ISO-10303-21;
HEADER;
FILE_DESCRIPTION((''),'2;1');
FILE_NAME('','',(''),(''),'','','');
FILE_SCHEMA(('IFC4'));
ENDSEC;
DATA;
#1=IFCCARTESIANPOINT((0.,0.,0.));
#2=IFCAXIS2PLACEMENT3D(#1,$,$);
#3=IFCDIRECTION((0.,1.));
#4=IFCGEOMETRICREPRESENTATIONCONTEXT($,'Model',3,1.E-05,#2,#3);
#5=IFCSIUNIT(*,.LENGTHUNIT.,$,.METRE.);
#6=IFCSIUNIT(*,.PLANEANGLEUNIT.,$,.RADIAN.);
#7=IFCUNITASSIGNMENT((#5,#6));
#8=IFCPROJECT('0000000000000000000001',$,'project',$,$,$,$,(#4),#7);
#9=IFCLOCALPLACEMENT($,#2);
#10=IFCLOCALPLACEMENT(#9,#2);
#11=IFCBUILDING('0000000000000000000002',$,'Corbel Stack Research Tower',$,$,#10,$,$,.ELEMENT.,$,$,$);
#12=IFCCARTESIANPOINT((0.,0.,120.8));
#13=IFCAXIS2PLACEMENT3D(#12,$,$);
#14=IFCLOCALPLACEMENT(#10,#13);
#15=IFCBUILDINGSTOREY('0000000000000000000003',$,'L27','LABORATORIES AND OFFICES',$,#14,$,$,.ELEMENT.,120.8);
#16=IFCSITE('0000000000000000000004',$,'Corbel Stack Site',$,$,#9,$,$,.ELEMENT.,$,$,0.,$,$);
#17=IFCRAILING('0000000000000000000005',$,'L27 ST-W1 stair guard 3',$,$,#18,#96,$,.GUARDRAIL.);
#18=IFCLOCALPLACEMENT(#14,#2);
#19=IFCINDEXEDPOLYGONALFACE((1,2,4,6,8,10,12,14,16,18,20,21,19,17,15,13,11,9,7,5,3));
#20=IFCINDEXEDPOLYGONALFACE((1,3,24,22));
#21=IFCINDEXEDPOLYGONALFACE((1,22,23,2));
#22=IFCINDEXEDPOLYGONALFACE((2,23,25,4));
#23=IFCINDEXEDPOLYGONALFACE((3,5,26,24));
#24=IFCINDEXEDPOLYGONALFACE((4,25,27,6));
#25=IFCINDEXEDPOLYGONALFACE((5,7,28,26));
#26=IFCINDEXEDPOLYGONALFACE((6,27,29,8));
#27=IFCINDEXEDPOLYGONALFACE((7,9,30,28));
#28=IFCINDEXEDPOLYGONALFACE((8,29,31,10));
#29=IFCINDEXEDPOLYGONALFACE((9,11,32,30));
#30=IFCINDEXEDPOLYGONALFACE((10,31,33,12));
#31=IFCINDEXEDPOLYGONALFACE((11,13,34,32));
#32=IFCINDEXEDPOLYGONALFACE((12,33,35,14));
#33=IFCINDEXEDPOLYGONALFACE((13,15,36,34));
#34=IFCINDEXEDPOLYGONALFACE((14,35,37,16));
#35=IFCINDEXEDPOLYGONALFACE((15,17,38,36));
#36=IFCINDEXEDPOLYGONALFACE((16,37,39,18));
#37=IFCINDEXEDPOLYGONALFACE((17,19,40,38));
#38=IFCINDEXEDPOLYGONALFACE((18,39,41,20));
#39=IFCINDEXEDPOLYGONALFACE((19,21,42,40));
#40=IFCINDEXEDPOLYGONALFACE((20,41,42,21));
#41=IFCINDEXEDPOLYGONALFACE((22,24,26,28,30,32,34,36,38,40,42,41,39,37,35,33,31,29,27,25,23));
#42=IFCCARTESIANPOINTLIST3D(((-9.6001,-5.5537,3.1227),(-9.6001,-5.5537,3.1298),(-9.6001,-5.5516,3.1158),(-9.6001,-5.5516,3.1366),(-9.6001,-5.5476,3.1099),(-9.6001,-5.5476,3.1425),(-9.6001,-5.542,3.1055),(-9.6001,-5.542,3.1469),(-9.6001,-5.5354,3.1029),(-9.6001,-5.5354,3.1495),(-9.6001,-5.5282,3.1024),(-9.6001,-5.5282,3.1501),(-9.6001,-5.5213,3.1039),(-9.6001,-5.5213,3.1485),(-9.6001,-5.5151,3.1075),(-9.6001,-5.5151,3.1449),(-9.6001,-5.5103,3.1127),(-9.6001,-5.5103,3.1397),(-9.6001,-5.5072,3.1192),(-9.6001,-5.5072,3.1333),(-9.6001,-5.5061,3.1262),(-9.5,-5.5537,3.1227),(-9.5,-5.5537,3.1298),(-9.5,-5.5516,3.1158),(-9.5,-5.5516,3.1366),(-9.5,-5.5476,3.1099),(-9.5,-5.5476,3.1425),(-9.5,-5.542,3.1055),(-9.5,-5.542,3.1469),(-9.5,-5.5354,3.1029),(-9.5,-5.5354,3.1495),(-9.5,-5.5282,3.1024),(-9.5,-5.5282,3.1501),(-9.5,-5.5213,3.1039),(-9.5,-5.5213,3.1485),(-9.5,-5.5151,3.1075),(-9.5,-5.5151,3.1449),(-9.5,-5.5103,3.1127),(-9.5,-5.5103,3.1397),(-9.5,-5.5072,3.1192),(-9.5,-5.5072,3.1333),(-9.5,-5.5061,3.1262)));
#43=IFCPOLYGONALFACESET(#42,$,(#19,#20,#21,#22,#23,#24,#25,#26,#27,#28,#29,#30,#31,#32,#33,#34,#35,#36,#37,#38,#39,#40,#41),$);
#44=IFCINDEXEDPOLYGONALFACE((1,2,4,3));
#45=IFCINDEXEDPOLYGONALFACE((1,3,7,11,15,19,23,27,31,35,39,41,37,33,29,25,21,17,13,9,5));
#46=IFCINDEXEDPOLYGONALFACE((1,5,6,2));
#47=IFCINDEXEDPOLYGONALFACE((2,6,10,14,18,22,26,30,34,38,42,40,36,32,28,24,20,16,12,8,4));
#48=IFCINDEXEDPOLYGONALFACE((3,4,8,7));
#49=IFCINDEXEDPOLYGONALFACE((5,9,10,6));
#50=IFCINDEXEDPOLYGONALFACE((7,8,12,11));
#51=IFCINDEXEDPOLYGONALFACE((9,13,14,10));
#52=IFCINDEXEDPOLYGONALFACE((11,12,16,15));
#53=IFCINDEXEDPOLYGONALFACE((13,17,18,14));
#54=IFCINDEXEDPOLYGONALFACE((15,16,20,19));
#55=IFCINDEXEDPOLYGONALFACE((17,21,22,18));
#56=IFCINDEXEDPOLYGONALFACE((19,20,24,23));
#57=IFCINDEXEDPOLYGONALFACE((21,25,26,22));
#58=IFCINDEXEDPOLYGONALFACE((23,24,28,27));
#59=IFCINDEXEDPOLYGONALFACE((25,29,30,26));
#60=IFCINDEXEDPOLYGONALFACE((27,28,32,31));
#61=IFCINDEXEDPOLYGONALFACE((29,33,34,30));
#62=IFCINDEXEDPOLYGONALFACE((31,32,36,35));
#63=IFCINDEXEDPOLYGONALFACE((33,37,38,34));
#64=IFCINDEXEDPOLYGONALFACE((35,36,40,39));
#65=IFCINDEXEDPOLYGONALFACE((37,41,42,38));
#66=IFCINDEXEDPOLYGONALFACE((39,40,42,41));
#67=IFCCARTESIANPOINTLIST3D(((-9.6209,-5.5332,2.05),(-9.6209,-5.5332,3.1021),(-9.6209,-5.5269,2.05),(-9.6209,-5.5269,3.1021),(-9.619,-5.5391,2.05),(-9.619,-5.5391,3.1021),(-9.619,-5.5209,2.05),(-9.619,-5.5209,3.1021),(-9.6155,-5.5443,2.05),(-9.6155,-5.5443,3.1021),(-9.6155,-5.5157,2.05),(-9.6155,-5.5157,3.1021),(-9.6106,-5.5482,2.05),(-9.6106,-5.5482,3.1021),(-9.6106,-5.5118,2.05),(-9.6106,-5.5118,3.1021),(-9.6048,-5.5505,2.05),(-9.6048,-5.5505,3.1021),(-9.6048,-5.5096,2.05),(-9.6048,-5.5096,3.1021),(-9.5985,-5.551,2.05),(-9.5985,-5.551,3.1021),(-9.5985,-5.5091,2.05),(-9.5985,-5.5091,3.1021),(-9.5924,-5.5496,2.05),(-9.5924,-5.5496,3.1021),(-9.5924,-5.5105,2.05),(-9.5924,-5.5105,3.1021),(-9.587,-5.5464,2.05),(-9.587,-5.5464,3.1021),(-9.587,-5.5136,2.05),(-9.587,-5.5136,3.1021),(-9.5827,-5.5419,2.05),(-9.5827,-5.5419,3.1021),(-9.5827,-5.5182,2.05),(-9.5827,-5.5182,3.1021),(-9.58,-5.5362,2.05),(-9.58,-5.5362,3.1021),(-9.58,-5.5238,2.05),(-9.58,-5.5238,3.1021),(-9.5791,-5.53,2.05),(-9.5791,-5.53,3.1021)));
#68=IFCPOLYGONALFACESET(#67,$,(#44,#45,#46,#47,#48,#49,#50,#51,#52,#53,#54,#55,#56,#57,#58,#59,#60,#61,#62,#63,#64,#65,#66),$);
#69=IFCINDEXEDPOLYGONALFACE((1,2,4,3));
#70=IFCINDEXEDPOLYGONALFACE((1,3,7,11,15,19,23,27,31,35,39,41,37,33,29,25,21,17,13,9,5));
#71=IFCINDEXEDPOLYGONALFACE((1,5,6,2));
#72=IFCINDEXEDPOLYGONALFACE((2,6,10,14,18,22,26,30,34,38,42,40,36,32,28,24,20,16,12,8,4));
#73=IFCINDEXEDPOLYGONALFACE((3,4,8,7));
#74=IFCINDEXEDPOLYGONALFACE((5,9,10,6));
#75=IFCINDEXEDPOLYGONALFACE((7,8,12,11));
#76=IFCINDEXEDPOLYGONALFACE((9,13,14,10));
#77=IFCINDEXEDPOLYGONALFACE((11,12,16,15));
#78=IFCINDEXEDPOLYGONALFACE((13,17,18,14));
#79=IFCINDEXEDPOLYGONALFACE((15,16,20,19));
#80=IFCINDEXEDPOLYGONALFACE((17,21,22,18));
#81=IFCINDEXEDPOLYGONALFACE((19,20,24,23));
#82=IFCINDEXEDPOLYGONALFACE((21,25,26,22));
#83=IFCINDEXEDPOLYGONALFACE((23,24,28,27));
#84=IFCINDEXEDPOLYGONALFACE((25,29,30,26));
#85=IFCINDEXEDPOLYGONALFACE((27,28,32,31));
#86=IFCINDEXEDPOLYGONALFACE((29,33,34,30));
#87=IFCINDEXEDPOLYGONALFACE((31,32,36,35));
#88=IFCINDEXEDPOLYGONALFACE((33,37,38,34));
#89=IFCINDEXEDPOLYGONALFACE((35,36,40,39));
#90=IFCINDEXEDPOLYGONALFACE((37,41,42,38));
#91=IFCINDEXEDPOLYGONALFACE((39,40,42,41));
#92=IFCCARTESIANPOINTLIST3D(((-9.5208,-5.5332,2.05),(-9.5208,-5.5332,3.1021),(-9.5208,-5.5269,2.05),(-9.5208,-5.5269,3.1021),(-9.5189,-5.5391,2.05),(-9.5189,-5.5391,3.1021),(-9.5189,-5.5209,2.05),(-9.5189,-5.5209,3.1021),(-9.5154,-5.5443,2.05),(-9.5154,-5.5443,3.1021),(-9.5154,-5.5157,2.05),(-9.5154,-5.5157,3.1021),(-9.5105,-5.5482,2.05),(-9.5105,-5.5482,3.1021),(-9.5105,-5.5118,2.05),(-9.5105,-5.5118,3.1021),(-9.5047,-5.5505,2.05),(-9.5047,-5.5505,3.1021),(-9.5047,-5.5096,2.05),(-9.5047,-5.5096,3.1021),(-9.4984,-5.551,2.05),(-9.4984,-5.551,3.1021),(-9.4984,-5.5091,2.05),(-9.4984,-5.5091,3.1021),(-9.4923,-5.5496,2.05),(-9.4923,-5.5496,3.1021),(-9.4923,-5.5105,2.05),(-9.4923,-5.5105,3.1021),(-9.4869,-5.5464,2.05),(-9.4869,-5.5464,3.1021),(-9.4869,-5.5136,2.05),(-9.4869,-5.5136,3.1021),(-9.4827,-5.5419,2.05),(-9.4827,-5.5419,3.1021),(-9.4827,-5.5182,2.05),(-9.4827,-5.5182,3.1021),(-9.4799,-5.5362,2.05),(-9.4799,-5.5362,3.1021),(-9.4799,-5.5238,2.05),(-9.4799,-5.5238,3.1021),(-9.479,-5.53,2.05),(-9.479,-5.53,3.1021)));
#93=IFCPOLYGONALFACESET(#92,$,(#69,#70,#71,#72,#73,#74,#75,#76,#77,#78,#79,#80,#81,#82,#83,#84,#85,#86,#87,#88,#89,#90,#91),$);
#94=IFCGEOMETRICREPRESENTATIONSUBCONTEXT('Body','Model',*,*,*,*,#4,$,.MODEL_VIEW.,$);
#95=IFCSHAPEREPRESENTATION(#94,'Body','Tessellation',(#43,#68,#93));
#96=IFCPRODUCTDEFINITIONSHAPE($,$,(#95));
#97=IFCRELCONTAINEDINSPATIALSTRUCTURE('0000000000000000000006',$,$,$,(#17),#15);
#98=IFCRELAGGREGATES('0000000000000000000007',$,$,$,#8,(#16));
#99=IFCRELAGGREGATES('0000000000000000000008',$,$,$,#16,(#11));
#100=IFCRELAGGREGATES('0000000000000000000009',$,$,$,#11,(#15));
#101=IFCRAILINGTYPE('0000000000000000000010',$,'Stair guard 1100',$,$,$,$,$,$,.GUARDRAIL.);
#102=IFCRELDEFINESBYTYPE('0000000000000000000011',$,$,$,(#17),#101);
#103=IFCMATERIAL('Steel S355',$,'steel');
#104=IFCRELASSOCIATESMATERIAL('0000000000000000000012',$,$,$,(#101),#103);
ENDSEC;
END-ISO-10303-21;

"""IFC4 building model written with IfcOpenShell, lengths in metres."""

from ifc_helpers import new_model, si_unit, direction, frame, origin, origin_2d, place, context, subcontext, project, spatial, circle, extrude, material, type_object, element, save


model = new_model("IFC4")

# Units and contexts
model_context = context("Model", 3, precision=1e-05, world=origin(), true_north=direction((0.0, 1.0)))
body_context = subcontext(model_context, "Body", "Model", "MODEL_VIEW")
ifc_project = project(units=[si_unit("LENGTHUNIT", "METRE"), si_unit("PLANEANGLEUNIT", "RADIAN")], contexts=[model_context])

# Site, building, storey
site_placement = place(None, origin())
site = spatial("IfcSite", under=ifc_project, at=site_placement, Name="Corbel Stack Site", CompositionType="ELEMENT", RefElevation=0.0)
building_placement = place(site_placement, origin())
building = spatial("IfcBuilding", under=site, at=building_placement, Name="Corbel Stack Research Tower", CompositionType="ELEMENT")
storey_placement = place(building_placement, frame((0.0, 0.0, 120.8)))
storey = spatial("IfcBuildingStorey", under=building, at=storey_placement, Name="L27", Description="LABORATORIES AND OFFICES", CompositionType="ELEMENT", Elevation=120.8)

# Railing
ifc_material_1 = material(Name="Steel S355", Category="steel")
railing_type = type_object("IfcRailingType", Name="Stair guard 1100", PredefinedType="GUARDRAIL", material=ifc_material_1)
railing_placement = place(storey_placement, frame((-9.6001, -5.53, 2.05)))
element("IfcRailing", 1, at=railing_placement, inside=storey, type_object=railing_type, Name="L27 ST-W1 stair guard 3", PredefinedType="GUARDRAIL", context=body_context, shape_type="SweptSolid", body=[
    extrude(circle(Radius=0.0239, at=origin_2d()), frame((0.0, 0.0, 1.0762), z_axis=(1.0, 0.0, 0.0), x_axis=(0.0, 1.0, 0.0)), (0.0, 0.0, 1.0), 0.1001),
    extrude(circle(Radius=0.021, at=origin_2d()), origin(), (0.0, 0.0, 1.0), 1.052),
    extrude(circle(Radius=0.021, at=origin_2d()), frame((0.1001, 0.0, 0.0)), (0.0, 0.0, 1.0), 1.052),
])

save(model, "model.ifc")
